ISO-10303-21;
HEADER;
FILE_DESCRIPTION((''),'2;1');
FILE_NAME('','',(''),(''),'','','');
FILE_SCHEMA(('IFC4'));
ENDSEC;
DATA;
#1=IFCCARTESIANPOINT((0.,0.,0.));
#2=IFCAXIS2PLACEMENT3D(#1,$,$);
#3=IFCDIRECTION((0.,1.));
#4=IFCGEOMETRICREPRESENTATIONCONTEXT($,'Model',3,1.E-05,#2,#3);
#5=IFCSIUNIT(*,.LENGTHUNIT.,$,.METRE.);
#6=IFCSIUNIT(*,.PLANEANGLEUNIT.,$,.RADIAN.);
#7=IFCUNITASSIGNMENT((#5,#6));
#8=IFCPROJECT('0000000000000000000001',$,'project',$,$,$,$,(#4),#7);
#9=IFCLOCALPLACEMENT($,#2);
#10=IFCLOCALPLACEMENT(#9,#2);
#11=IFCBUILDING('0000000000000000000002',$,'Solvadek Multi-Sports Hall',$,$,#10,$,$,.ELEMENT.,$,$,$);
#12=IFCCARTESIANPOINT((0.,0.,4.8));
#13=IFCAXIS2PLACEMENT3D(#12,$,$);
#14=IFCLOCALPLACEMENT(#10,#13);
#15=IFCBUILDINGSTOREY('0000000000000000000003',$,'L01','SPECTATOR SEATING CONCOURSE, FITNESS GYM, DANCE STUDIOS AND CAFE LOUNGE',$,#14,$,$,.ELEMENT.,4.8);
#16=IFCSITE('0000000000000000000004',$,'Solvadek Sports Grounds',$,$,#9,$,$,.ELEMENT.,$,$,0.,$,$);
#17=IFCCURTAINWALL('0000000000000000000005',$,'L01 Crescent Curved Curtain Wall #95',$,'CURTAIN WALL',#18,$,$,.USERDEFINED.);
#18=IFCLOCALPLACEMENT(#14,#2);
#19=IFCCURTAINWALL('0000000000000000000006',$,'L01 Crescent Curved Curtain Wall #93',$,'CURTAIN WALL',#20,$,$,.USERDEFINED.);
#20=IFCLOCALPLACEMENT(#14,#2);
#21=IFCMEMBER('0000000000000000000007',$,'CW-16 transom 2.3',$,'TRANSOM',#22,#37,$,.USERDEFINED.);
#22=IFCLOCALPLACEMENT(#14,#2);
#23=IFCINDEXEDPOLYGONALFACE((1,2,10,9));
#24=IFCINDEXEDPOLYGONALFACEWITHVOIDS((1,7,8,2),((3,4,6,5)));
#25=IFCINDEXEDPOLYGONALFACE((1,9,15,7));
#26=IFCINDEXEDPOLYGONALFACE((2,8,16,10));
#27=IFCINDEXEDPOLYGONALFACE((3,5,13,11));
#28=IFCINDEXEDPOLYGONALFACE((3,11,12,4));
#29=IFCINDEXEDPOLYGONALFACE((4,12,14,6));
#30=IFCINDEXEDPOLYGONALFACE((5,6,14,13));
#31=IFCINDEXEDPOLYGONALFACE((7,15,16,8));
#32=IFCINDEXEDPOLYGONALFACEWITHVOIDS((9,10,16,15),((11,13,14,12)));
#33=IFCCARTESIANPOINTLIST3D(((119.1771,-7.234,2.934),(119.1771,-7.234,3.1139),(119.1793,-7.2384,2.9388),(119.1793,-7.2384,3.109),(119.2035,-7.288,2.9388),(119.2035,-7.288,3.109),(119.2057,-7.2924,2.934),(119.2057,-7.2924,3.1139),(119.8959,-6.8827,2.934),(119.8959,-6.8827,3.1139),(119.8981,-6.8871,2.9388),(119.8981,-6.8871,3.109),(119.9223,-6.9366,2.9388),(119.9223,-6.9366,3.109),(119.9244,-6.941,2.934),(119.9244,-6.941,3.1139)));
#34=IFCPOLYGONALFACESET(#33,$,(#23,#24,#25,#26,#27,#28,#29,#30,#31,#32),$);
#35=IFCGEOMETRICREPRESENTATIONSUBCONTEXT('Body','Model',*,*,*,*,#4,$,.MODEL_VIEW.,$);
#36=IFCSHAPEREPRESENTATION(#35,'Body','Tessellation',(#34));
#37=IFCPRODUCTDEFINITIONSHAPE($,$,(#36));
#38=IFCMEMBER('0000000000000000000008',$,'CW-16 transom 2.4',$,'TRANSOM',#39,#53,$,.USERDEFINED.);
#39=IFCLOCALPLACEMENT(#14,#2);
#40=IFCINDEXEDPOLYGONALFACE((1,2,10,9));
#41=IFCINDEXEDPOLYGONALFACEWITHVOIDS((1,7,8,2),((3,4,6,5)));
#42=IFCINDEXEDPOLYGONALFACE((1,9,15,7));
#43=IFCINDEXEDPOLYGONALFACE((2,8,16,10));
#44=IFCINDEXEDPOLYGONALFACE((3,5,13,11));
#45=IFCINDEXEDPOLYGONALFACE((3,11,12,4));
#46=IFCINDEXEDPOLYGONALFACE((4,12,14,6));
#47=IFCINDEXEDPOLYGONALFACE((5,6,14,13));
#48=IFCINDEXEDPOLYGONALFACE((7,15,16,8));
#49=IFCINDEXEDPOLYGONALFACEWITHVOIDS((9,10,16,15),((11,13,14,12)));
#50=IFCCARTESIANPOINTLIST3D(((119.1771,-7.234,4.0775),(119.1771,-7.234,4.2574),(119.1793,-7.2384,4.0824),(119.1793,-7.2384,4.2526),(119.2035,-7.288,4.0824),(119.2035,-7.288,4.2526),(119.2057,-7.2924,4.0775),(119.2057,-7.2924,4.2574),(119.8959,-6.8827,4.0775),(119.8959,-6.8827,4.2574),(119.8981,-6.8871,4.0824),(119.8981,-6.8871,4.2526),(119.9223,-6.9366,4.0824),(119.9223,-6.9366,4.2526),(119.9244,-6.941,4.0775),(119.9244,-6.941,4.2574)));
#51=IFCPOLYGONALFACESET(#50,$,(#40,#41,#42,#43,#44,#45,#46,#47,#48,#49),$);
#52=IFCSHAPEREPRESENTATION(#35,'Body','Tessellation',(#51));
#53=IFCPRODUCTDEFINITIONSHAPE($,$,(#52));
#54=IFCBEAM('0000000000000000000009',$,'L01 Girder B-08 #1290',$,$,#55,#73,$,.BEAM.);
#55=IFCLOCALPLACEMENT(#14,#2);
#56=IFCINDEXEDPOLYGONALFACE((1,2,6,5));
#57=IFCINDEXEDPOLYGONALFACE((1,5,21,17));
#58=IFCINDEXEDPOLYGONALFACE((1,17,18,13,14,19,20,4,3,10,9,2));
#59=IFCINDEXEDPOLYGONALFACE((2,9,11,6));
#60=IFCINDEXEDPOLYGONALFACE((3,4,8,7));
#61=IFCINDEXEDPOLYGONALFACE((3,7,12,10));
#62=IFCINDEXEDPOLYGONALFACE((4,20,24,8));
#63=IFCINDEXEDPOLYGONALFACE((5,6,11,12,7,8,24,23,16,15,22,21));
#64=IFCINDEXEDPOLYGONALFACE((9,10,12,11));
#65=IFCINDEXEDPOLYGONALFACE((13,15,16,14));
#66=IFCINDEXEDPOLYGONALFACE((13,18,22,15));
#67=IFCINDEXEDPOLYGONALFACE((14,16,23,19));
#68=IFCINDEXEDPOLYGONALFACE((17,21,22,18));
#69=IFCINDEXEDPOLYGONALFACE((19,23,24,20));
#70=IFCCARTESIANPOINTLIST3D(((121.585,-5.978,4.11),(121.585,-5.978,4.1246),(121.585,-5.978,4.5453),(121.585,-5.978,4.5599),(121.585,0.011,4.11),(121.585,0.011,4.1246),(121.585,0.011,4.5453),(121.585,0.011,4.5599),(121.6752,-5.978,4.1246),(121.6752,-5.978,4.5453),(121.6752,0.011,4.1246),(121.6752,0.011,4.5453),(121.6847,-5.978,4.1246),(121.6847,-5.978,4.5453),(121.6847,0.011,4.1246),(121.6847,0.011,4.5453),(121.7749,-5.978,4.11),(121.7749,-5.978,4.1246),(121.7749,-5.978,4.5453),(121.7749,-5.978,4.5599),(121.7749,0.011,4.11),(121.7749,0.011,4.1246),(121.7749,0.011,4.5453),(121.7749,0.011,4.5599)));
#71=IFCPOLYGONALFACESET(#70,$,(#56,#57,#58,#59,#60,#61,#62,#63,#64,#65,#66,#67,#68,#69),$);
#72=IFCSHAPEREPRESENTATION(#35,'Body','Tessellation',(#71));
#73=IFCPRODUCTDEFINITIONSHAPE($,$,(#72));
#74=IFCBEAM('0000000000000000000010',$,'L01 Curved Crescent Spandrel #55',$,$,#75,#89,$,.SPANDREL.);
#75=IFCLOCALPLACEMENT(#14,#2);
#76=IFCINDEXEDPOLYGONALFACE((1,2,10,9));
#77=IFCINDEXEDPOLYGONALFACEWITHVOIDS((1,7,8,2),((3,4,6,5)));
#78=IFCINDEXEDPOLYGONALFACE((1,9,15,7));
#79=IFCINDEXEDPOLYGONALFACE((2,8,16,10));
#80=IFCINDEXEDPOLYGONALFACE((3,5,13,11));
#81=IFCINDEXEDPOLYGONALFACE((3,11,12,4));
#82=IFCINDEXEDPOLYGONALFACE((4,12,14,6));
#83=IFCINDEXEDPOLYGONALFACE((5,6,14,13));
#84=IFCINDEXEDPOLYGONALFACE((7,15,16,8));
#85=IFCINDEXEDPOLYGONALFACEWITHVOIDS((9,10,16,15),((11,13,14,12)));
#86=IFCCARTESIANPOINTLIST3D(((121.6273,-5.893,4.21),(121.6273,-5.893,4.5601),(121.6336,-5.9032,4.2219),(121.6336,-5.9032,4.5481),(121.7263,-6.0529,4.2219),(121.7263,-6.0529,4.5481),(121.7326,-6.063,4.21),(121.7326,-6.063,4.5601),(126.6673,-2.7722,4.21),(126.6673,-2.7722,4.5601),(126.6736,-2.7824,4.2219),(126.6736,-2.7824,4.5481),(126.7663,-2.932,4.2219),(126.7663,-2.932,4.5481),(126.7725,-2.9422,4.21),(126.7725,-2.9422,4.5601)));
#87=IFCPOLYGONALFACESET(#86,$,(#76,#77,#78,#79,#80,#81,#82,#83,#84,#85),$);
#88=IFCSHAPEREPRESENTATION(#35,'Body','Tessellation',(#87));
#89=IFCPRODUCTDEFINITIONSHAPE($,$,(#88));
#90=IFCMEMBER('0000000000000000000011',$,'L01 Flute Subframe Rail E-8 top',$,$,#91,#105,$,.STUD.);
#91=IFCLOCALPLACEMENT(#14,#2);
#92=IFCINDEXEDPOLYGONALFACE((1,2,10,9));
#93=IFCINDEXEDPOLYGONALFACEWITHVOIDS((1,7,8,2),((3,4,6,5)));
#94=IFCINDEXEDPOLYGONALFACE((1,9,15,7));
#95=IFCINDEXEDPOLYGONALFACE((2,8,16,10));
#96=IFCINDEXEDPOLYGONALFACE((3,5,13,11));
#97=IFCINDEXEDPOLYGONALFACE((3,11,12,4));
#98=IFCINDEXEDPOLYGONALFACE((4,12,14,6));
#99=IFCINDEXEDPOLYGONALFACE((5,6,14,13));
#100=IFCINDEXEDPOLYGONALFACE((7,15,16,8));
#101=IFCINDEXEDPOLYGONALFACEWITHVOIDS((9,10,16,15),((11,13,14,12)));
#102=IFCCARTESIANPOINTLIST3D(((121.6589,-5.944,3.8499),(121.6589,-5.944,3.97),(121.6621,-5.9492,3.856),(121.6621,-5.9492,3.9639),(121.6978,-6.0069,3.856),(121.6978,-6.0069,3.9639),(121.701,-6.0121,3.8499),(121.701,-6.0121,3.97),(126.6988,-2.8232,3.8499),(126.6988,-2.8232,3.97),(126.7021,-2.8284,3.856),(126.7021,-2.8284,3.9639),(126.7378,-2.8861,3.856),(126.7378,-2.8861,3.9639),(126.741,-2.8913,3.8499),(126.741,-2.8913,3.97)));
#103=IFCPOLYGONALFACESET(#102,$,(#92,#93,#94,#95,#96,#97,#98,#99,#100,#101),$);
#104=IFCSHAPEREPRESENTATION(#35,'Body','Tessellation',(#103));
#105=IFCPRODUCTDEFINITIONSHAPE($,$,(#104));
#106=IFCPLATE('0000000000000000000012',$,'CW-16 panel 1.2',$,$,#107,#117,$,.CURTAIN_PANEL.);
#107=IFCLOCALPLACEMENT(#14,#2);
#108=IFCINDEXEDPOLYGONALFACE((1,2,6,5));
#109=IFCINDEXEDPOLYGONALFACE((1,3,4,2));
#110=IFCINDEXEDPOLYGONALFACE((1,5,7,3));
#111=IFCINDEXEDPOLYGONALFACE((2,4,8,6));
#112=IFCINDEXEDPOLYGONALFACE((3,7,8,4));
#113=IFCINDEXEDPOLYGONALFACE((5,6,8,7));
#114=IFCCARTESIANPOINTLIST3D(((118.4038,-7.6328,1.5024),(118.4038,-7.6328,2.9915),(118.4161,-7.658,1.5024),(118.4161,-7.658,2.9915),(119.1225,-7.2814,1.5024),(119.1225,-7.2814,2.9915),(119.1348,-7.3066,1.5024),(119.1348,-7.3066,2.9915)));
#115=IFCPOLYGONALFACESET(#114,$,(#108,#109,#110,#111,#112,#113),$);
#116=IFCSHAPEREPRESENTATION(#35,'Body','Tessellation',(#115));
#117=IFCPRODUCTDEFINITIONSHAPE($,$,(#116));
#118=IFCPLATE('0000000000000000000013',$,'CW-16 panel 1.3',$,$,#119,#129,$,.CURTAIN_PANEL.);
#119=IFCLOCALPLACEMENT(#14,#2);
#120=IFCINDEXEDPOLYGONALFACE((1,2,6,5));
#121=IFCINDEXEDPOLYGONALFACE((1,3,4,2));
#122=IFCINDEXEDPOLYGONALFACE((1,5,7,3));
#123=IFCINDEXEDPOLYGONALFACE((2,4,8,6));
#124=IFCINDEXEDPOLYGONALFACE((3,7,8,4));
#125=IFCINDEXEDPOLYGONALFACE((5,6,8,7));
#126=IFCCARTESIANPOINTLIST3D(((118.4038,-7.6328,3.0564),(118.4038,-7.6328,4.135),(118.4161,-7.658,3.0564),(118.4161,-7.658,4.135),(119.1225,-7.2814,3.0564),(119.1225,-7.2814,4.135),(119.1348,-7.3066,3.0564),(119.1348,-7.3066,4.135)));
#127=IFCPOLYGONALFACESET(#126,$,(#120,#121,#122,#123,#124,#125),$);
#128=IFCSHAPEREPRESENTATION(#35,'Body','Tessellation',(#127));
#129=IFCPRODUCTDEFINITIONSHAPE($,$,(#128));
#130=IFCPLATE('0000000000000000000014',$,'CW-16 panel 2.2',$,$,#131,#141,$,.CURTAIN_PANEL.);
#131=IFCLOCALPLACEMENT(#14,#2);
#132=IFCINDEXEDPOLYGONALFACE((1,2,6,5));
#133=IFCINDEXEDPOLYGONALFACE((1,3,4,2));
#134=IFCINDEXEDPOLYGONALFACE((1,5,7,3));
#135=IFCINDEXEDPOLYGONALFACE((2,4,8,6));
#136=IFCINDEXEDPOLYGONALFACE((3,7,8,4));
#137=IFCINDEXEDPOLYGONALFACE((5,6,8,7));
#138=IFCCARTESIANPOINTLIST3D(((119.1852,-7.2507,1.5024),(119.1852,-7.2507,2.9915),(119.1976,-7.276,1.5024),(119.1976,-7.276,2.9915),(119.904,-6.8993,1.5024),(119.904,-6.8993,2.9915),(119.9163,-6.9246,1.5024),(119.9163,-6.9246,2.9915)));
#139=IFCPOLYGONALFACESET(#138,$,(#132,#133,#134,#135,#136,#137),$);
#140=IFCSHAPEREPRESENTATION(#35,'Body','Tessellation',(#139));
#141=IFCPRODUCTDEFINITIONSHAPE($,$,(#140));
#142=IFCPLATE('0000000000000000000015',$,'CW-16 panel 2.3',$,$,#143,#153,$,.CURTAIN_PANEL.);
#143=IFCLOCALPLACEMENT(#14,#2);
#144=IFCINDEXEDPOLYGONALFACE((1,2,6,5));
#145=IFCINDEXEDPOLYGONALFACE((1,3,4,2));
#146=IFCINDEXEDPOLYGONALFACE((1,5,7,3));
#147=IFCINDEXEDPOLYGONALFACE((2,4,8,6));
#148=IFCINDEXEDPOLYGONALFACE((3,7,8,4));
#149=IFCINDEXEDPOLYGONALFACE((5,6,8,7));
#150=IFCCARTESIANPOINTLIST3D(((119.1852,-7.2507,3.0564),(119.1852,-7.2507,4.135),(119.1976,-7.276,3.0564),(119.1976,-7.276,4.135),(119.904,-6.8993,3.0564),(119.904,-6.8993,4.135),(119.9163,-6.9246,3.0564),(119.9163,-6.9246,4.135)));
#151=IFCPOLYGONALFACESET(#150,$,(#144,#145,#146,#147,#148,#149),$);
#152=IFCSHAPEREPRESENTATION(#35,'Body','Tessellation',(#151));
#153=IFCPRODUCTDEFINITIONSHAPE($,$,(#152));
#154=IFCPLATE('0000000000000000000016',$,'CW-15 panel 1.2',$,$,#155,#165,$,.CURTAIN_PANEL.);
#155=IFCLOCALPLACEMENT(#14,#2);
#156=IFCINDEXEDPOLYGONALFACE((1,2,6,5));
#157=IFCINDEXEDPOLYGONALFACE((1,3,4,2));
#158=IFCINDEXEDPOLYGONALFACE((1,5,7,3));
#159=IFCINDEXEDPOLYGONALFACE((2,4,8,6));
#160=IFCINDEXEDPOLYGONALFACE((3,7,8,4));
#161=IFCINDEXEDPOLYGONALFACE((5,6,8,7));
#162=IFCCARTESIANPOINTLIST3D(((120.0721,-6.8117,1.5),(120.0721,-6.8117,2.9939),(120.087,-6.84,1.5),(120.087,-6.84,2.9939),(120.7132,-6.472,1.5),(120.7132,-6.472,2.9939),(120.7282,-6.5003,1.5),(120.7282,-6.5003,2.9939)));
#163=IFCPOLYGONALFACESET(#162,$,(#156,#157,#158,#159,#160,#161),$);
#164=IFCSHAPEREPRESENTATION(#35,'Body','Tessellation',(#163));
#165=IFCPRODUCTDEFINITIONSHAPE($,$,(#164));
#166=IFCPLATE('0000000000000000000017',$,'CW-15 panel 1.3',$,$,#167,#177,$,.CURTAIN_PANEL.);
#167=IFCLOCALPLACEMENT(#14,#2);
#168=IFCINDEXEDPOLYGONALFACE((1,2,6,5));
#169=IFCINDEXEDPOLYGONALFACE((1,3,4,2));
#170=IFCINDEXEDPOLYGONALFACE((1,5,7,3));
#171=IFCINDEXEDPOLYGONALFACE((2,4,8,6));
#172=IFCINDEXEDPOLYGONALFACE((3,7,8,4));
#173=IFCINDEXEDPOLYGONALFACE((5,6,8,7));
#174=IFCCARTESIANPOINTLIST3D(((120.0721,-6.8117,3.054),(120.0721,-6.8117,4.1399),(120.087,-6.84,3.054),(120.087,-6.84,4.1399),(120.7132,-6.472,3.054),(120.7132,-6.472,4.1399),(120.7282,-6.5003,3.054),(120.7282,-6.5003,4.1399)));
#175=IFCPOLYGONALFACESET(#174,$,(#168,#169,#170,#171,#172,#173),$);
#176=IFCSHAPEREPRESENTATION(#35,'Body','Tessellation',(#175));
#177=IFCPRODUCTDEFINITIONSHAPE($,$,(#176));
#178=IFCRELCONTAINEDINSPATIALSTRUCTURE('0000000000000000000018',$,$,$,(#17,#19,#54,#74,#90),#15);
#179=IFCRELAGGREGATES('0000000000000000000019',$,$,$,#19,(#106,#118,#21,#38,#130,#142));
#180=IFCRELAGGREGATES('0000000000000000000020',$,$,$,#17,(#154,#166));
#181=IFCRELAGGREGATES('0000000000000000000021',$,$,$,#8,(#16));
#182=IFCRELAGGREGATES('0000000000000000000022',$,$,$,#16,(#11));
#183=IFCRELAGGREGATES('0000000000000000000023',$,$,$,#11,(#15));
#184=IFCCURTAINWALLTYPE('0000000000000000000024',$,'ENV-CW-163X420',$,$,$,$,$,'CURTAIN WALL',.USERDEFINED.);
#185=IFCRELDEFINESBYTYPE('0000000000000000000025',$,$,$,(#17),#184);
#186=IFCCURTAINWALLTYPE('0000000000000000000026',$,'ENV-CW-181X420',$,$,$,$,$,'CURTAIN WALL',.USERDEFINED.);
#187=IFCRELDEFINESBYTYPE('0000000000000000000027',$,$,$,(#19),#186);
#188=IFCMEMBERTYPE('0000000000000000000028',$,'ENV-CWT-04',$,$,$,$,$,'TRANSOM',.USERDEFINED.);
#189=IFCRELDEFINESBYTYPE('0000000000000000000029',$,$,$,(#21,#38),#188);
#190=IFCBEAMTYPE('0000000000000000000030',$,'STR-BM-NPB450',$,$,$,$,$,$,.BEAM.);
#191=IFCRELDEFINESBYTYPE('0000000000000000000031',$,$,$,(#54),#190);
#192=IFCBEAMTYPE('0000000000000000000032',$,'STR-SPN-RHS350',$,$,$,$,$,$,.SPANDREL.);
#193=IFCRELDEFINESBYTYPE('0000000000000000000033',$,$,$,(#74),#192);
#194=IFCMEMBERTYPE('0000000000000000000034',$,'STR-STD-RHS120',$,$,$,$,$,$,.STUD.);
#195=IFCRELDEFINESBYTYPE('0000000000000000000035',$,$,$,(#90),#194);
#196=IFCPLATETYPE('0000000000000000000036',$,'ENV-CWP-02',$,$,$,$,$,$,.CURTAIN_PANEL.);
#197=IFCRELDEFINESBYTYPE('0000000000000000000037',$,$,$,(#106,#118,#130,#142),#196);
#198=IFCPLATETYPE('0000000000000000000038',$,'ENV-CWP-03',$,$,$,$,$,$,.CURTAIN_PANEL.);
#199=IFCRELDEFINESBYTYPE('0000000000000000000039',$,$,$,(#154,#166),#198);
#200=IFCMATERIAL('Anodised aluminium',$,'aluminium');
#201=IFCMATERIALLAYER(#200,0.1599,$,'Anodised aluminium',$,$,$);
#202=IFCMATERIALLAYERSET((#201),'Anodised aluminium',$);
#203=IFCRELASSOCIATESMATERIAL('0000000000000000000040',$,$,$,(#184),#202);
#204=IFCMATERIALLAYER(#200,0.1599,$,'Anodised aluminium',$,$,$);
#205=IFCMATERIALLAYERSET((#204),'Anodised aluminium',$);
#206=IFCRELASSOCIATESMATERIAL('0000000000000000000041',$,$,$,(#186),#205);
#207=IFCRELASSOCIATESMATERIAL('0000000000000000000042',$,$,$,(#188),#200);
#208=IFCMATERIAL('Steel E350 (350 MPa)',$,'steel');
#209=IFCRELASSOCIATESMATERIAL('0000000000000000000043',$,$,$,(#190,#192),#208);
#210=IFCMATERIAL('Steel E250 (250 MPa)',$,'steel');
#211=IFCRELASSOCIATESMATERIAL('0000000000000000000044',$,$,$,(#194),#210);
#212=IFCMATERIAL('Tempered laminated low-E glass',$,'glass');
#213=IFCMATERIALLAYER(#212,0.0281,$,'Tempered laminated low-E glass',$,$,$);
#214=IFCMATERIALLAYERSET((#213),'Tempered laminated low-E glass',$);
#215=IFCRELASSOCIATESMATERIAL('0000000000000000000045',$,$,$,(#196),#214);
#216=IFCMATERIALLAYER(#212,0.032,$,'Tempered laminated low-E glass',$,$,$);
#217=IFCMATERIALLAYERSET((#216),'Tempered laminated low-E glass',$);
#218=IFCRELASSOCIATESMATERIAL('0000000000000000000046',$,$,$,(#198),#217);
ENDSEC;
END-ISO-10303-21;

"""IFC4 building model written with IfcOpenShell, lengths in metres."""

from ifc_helpers import new_model, si_unit, direction, frame, origin, origin_2d, place, context, subcontext, project, spatial, rectangle, hollow_rectangle, i_section, extrude, material, layer, layer_set, material_profile, profile_set, type_object, element, aggregate, save


model = new_model("IFC4")

# Units and contexts
model_context = context("Model", 3, precision=1e-05, world=origin(), true_north=direction((0.0, 1.0)))
body_context = subcontext(model_context, "Body", "Model", "MODEL_VIEW")
ifc_project = project(units=[si_unit("LENGTHUNIT", "METRE"), si_unit("PLANEANGLEUNIT", "RADIAN")], contexts=[model_context])

# Site, building, storey
site_placement = place(None, origin())
site = spatial("IfcSite", under=ifc_project, at=site_placement, Name="Solvadek Sports Grounds", CompositionType="ELEMENT", RefElevation=0.0)
building_placement = place(site_placement, origin())
building = spatial("IfcBuilding", under=site, at=building_placement, Name="Solvadek Multi-Sports Hall", CompositionType="ELEMENT")
storey_placement = place(building_placement, frame((0.0, 0.0, 4.8)))
storey = spatial("IfcBuildingStorey", under=building, at=storey_placement, Name="L01", Description="SPECTATOR SEATING CONCOURSE, FITNESS GYM, DANCE STUDIOS AND CAFE LOUNGE", CompositionType="ELEMENT", Elevation=4.8)

# Curtain walls, members
ifc_material_1 = material(Name="Anodised aluminium", Category="aluminium")
ifc_layer_1 = layer(ifc_material_1, 0.1599, Name="Anodised aluminium")
ifc_layer_set_1 = layer_set([ifc_layer_1], Name="Anodised aluminium")
curtain_wall_type_1 = type_object("IfcCurtainWallType", Name="ENV-CW-163X420", ElementType="CURTAIN WALL", PredefinedType="USERDEFINED", material=ifc_layer_set_1)
curtain_wall_1_placement = place(storey_placement, origin())
curtain_wall_1 = element("IfcCurtainWall", 1, at=curtain_wall_1_placement, inside=storey, type_object=curtain_wall_type_1, Name="L01 Crescent Curved Curtain Wall #95", ObjectType="CURTAIN WALL", PredefinedType="USERDEFINED")
ifc_layer_2 = layer(ifc_material_1, 0.1599, Name="Anodised aluminium")
ifc_layer_set_2 = layer_set([ifc_layer_2], Name="Anodised aluminium")
curtain_wall_type_2 = type_object("IfcCurtainWallType", Name="ENV-CW-181X420", ElementType="CURTAIN WALL", PredefinedType="USERDEFINED", material=ifc_layer_set_2)
curtain_wall_2_placement = place(storey_placement, origin())
curtain_wall_2 = element("IfcCurtainWall", 2, at=curtain_wall_2_placement, inside=storey, type_object=curtain_wall_type_2, Name="L01 Crescent Curved Curtain Wall #93", ObjectType="CURTAIN WALL", PredefinedType="USERDEFINED")
ifc_material_profile_1 = material_profile(ifc_material_1, hollow_rectangle(XDim=0.0649, YDim=0.1799, WallThickness=0.0049, at=origin_2d()), Name="ALU-T 180x65x5")
ifc_profile_set_1 = profile_set([ifc_material_profile_1], Name="Anodised aluminium")
member_type_1 = type_object("IfcMemberType", Name="ENV-CWT-04", ElementType="TRANSOM", PredefinedType="USERDEFINED", material=ifc_profile_set_1)
member_1_placement = place(storey_placement, frame((119.1914, -7.2632, 3.0239), z_axis=(0.898419, 0.439139, 0.0), x_axis=(-0.439139, 0.898419, 0.0)))
member_1 = element("IfcMember", 3, at=member_1_placement, type_object=member_type_1, Name="CW-16 transom 2.3", ObjectType="TRANSOM", PredefinedType="USERDEFINED", context=body_context, shape_type="SweptSolid", body=[
    extrude(hollow_rectangle(XDim=0.0649, YDim=0.1799, WallThickness=0.0049, at=origin_2d()), origin(), (0.0, 0.0, 1.0), 0.8),
])
member_2_placement = place(storey_placement, frame((119.1914, -7.2632, 4.1675), z_axis=(0.898419, 0.439139, 0.0), x_axis=(-0.439139, 0.898419, 0.0)))
member_2 = element("IfcMember", 4, at=member_2_placement, type_object=member_type_1, Name="CW-16 transom 2.4", ObjectType="TRANSOM", PredefinedType="USERDEFINED", context=body_context, shape_type="SweptSolid", body=[
    extrude(hollow_rectangle(XDim=0.0649, YDim=0.1799, WallThickness=0.0049, at=origin_2d()), origin(), (0.0, 0.0, 1.0), 0.8),
])

# Beams
ifc_material_2 = material(Name="Steel E350 (350 MPa)", Category="steel")
ifc_material_profile_2 = material_profile(ifc_material_2, i_section(OverallWidth=0.1899, OverallDepth=0.45, WebThickness=0.0095, FlangeThickness=0.0146, at=origin_2d()), Name="NPB 450")
ifc_profile_set_2 = profile_set([ifc_material_profile_2], Name="Steel E350 (350 MPa)")
beam_type_1 = type_object("IfcBeamType", Name="STR-BM-NPB450", PredefinedType="BEAM", material=ifc_profile_set_2)
beam_1_placement = place(storey_placement, frame((121.6799, -5.978, 4.335), z_axis=(0.0, 1.0, 0.0), x_axis=(-1.0, 0.0, 0.0)))
element("IfcBeam", 5, at=beam_1_placement, inside=storey, type_object=beam_type_1, Name="L01 Girder B-08 #1290", PredefinedType="BEAM", context=body_context, shape_type="SweptSolid", body=[
    extrude(i_section(OverallWidth=0.1899, OverallDepth=0.45, WebThickness=0.0095, FlangeThickness=0.0146, at=origin_2d()), origin(), (0.0, 0.0, 1.0), 5.989),
])
ifc_material_profile_3 = material_profile(ifc_material_2, hollow_rectangle(XDim=0.2, YDim=0.3501, WallThickness=0.012, at=origin_2d()), Name="RHS 350x200x12")
ifc_profile_set_3 = profile_set([ifc_material_profile_3], Name="Steel E350 (350 MPa)")
beam_type_2 = type_object("IfcBeamType", Name="STR-SPN-RHS350", PredefinedType="SPANDREL", material=ifc_profile_set_3)
beam_2_placement = place(storey_placement, frame((121.6799, -5.978, 4.385), z_axis=(0.850203, 0.526455, 0.0), x_axis=(-0.526455, 0.850203, 0.0)))
element("IfcBeam", 6, at=beam_2_placement, inside=storey, type_object=beam_type_2, Name="L01 Curved Crescent Spandrel #55", PredefinedType="SPANDREL", context=body_context, shape_type="SweptSolid", body=[
    extrude(hollow_rectangle(XDim=0.2, YDim=0.3501, WallThickness=0.012, at=origin_2d()), origin(), (0.0, 0.0, 1.0), 5.928),
])

# Member
ifc_material_3 = material(Name="Steel E250 (250 MPa)", Category="steel")
ifc_material_profile_4 = material_profile(ifc_material_3, hollow_rectangle(XDim=0.0801, YDim=0.1201, WallThickness=0.0061, at=origin_2d()), Name="RHS 120x80x6")
ifc_profile_set_4 = profile_set([ifc_material_profile_4], Name="Steel E250 (250 MPa)")
member_type_2 = type_object("IfcMemberType", Name="STR-STD-RHS120", PredefinedType="STUD", material=ifc_profile_set_4)
member_3_placement = place(storey_placement, frame((121.6799, -5.978, 3.9099), z_axis=(0.850203, 0.526455, 0.0), x_axis=(-0.526455, 0.850203, 0.0)))
element("IfcMember", 7, at=member_3_placement, inside=storey, type_object=member_type_2, Name="L01 Flute Subframe Rail E-8 top", PredefinedType="STUD", context=body_context, shape_type="SweptSolid", body=[
    extrude(hollow_rectangle(XDim=0.0801, YDim=0.1201, WallThickness=0.0061, at=origin_2d()), origin(), (0.0, 0.0, 1.0), 5.928),
])

# Plates
ifc_material_4 = material(Name="Tempered laminated low-E glass", Category="glass")
ifc_layer_3 = layer(ifc_material_4, 0.0281, Name="Tempered laminated low-E glass")
ifc_layer_set_3 = layer_set([ifc_layer_3], Name="Tempered laminated low-E glass")
plate_type_1 = type_object("IfcPlateType", Name="ENV-CWP-02", PredefinedType="CURTAIN_PANEL", material=ifc_layer_set_3)
plate_1_placement = place(storey_placement, frame((118.7693, -7.4697, 1.5024), z_axis=(0.0, 0.0, 1.0), x_axis=(0.89837, 0.43924, 0.0)))
plate_1 = element("IfcPlate", 8, at=plate_1_placement, type_object=plate_type_1, Name="CW-16 panel 1.2", PredefinedType="CURTAIN_PANEL", context=body_context, shape_type="SweptSolid", body=[
    extrude(rectangle(XDim=0.8, YDim=0.0281, at=origin_2d()), origin(), (0.0, 0.0, 1.0), 1.489),
])
plate_2_placement = place(storey_placement, frame((118.7693, -7.4697, 3.0564), z_axis=(0.0, 0.0, 1.0), x_axis=(0.89837, 0.43924, 0.0)))
plate_2 = element("IfcPlate", 9, at=plate_2_placement, type_object=plate_type_1, Name="CW-16 panel 1.3", PredefinedType="CURTAIN_PANEL", context=body_context, shape_type="SweptSolid", body=[
    extrude(rectangle(XDim=0.8, YDim=0.0281, at=origin_2d()), origin(), (0.0, 0.0, 1.0), 1.0786),
])
plate_3_placement = place(storey_placement, frame((119.5508, -7.0876, 1.5024), z_axis=(0.0, 0.0, 1.0), x_axis=(0.89837, 0.43924, 0.0)))
plate_3 = element("IfcPlate", 10, at=plate_3_placement, type_object=plate_type_1, Name="CW-16 panel 2.2", PredefinedType="CURTAIN_PANEL", context=body_context, shape_type="SweptSolid", body=[
    extrude(rectangle(XDim=0.8, YDim=0.0281, at=origin_2d()), origin(), (0.0, 0.0, 1.0), 1.489),
])
plate_4_placement = place(storey_placement, frame((119.5508, -7.0876, 3.0564), z_axis=(0.0, 0.0, 1.0), x_axis=(0.89837, 0.43924, 0.0)))
plate_4 = element("IfcPlate", 11, at=plate_4_placement, type_object=plate_type_1, Name="CW-16 panel 2.3", PredefinedType="CURTAIN_PANEL", context=body_context, shape_type="SweptSolid", body=[
    extrude(rectangle(XDim=0.8, YDim=0.0281, at=origin_2d()), origin(), (0.0, 0.0, 1.0), 1.0786),
])
aggregate(curtain_wall_2, [plate_1, plate_2, member_1, member_2, plate_3, plate_4])
ifc_layer_4 = layer(ifc_material_4, 0.032, Name="Tempered laminated low-E glass")
ifc_layer_set_4 = layer_set([ifc_layer_4], Name="Tempered laminated low-E glass")
plate_type_2 = type_object("IfcPlateType", Name="ENV-CWP-03", PredefinedType="CURTAIN_PANEL", material=ifc_layer_set_4)
plate_5_placement = place(storey_placement, frame((120.4001, -6.656, 1.5), z_axis=(0.0, 0.0, 1.0), x_axis=(0.88366, 0.46813, 0.0)))
plate_5 = element("IfcPlate", 12, at=plate_5_placement, type_object=plate_type_2, Name="CW-15 panel 1.2", PredefinedType="CURTAIN_PANEL", context=body_context, shape_type="SweptSolid", body=[
    extrude(rectangle(XDim=0.7256, YDim=0.032, at=origin_2d()), origin(), (0.0, 0.0, 1.0), 1.4939),
])
plate_6_placement = place(storey_placement, frame((120.4001, -6.656, 3.054), z_axis=(0.0, 0.0, 1.0), x_axis=(0.88366, 0.46813, 0.0)))
plate_6 = element("IfcPlate", 13, at=plate_6_placement, type_object=plate_type_2, Name="CW-15 panel 1.3", PredefinedType="CURTAIN_PANEL", context=body_context, shape_type="SweptSolid", body=[
    extrude(rectangle(XDim=0.7256, YDim=0.032, at=origin_2d()), origin(), (0.0, 0.0, 1.0), 1.0859),
])
aggregate(curtain_wall_1, [plate_5, plate_6])

save(model, "model.ifc")
